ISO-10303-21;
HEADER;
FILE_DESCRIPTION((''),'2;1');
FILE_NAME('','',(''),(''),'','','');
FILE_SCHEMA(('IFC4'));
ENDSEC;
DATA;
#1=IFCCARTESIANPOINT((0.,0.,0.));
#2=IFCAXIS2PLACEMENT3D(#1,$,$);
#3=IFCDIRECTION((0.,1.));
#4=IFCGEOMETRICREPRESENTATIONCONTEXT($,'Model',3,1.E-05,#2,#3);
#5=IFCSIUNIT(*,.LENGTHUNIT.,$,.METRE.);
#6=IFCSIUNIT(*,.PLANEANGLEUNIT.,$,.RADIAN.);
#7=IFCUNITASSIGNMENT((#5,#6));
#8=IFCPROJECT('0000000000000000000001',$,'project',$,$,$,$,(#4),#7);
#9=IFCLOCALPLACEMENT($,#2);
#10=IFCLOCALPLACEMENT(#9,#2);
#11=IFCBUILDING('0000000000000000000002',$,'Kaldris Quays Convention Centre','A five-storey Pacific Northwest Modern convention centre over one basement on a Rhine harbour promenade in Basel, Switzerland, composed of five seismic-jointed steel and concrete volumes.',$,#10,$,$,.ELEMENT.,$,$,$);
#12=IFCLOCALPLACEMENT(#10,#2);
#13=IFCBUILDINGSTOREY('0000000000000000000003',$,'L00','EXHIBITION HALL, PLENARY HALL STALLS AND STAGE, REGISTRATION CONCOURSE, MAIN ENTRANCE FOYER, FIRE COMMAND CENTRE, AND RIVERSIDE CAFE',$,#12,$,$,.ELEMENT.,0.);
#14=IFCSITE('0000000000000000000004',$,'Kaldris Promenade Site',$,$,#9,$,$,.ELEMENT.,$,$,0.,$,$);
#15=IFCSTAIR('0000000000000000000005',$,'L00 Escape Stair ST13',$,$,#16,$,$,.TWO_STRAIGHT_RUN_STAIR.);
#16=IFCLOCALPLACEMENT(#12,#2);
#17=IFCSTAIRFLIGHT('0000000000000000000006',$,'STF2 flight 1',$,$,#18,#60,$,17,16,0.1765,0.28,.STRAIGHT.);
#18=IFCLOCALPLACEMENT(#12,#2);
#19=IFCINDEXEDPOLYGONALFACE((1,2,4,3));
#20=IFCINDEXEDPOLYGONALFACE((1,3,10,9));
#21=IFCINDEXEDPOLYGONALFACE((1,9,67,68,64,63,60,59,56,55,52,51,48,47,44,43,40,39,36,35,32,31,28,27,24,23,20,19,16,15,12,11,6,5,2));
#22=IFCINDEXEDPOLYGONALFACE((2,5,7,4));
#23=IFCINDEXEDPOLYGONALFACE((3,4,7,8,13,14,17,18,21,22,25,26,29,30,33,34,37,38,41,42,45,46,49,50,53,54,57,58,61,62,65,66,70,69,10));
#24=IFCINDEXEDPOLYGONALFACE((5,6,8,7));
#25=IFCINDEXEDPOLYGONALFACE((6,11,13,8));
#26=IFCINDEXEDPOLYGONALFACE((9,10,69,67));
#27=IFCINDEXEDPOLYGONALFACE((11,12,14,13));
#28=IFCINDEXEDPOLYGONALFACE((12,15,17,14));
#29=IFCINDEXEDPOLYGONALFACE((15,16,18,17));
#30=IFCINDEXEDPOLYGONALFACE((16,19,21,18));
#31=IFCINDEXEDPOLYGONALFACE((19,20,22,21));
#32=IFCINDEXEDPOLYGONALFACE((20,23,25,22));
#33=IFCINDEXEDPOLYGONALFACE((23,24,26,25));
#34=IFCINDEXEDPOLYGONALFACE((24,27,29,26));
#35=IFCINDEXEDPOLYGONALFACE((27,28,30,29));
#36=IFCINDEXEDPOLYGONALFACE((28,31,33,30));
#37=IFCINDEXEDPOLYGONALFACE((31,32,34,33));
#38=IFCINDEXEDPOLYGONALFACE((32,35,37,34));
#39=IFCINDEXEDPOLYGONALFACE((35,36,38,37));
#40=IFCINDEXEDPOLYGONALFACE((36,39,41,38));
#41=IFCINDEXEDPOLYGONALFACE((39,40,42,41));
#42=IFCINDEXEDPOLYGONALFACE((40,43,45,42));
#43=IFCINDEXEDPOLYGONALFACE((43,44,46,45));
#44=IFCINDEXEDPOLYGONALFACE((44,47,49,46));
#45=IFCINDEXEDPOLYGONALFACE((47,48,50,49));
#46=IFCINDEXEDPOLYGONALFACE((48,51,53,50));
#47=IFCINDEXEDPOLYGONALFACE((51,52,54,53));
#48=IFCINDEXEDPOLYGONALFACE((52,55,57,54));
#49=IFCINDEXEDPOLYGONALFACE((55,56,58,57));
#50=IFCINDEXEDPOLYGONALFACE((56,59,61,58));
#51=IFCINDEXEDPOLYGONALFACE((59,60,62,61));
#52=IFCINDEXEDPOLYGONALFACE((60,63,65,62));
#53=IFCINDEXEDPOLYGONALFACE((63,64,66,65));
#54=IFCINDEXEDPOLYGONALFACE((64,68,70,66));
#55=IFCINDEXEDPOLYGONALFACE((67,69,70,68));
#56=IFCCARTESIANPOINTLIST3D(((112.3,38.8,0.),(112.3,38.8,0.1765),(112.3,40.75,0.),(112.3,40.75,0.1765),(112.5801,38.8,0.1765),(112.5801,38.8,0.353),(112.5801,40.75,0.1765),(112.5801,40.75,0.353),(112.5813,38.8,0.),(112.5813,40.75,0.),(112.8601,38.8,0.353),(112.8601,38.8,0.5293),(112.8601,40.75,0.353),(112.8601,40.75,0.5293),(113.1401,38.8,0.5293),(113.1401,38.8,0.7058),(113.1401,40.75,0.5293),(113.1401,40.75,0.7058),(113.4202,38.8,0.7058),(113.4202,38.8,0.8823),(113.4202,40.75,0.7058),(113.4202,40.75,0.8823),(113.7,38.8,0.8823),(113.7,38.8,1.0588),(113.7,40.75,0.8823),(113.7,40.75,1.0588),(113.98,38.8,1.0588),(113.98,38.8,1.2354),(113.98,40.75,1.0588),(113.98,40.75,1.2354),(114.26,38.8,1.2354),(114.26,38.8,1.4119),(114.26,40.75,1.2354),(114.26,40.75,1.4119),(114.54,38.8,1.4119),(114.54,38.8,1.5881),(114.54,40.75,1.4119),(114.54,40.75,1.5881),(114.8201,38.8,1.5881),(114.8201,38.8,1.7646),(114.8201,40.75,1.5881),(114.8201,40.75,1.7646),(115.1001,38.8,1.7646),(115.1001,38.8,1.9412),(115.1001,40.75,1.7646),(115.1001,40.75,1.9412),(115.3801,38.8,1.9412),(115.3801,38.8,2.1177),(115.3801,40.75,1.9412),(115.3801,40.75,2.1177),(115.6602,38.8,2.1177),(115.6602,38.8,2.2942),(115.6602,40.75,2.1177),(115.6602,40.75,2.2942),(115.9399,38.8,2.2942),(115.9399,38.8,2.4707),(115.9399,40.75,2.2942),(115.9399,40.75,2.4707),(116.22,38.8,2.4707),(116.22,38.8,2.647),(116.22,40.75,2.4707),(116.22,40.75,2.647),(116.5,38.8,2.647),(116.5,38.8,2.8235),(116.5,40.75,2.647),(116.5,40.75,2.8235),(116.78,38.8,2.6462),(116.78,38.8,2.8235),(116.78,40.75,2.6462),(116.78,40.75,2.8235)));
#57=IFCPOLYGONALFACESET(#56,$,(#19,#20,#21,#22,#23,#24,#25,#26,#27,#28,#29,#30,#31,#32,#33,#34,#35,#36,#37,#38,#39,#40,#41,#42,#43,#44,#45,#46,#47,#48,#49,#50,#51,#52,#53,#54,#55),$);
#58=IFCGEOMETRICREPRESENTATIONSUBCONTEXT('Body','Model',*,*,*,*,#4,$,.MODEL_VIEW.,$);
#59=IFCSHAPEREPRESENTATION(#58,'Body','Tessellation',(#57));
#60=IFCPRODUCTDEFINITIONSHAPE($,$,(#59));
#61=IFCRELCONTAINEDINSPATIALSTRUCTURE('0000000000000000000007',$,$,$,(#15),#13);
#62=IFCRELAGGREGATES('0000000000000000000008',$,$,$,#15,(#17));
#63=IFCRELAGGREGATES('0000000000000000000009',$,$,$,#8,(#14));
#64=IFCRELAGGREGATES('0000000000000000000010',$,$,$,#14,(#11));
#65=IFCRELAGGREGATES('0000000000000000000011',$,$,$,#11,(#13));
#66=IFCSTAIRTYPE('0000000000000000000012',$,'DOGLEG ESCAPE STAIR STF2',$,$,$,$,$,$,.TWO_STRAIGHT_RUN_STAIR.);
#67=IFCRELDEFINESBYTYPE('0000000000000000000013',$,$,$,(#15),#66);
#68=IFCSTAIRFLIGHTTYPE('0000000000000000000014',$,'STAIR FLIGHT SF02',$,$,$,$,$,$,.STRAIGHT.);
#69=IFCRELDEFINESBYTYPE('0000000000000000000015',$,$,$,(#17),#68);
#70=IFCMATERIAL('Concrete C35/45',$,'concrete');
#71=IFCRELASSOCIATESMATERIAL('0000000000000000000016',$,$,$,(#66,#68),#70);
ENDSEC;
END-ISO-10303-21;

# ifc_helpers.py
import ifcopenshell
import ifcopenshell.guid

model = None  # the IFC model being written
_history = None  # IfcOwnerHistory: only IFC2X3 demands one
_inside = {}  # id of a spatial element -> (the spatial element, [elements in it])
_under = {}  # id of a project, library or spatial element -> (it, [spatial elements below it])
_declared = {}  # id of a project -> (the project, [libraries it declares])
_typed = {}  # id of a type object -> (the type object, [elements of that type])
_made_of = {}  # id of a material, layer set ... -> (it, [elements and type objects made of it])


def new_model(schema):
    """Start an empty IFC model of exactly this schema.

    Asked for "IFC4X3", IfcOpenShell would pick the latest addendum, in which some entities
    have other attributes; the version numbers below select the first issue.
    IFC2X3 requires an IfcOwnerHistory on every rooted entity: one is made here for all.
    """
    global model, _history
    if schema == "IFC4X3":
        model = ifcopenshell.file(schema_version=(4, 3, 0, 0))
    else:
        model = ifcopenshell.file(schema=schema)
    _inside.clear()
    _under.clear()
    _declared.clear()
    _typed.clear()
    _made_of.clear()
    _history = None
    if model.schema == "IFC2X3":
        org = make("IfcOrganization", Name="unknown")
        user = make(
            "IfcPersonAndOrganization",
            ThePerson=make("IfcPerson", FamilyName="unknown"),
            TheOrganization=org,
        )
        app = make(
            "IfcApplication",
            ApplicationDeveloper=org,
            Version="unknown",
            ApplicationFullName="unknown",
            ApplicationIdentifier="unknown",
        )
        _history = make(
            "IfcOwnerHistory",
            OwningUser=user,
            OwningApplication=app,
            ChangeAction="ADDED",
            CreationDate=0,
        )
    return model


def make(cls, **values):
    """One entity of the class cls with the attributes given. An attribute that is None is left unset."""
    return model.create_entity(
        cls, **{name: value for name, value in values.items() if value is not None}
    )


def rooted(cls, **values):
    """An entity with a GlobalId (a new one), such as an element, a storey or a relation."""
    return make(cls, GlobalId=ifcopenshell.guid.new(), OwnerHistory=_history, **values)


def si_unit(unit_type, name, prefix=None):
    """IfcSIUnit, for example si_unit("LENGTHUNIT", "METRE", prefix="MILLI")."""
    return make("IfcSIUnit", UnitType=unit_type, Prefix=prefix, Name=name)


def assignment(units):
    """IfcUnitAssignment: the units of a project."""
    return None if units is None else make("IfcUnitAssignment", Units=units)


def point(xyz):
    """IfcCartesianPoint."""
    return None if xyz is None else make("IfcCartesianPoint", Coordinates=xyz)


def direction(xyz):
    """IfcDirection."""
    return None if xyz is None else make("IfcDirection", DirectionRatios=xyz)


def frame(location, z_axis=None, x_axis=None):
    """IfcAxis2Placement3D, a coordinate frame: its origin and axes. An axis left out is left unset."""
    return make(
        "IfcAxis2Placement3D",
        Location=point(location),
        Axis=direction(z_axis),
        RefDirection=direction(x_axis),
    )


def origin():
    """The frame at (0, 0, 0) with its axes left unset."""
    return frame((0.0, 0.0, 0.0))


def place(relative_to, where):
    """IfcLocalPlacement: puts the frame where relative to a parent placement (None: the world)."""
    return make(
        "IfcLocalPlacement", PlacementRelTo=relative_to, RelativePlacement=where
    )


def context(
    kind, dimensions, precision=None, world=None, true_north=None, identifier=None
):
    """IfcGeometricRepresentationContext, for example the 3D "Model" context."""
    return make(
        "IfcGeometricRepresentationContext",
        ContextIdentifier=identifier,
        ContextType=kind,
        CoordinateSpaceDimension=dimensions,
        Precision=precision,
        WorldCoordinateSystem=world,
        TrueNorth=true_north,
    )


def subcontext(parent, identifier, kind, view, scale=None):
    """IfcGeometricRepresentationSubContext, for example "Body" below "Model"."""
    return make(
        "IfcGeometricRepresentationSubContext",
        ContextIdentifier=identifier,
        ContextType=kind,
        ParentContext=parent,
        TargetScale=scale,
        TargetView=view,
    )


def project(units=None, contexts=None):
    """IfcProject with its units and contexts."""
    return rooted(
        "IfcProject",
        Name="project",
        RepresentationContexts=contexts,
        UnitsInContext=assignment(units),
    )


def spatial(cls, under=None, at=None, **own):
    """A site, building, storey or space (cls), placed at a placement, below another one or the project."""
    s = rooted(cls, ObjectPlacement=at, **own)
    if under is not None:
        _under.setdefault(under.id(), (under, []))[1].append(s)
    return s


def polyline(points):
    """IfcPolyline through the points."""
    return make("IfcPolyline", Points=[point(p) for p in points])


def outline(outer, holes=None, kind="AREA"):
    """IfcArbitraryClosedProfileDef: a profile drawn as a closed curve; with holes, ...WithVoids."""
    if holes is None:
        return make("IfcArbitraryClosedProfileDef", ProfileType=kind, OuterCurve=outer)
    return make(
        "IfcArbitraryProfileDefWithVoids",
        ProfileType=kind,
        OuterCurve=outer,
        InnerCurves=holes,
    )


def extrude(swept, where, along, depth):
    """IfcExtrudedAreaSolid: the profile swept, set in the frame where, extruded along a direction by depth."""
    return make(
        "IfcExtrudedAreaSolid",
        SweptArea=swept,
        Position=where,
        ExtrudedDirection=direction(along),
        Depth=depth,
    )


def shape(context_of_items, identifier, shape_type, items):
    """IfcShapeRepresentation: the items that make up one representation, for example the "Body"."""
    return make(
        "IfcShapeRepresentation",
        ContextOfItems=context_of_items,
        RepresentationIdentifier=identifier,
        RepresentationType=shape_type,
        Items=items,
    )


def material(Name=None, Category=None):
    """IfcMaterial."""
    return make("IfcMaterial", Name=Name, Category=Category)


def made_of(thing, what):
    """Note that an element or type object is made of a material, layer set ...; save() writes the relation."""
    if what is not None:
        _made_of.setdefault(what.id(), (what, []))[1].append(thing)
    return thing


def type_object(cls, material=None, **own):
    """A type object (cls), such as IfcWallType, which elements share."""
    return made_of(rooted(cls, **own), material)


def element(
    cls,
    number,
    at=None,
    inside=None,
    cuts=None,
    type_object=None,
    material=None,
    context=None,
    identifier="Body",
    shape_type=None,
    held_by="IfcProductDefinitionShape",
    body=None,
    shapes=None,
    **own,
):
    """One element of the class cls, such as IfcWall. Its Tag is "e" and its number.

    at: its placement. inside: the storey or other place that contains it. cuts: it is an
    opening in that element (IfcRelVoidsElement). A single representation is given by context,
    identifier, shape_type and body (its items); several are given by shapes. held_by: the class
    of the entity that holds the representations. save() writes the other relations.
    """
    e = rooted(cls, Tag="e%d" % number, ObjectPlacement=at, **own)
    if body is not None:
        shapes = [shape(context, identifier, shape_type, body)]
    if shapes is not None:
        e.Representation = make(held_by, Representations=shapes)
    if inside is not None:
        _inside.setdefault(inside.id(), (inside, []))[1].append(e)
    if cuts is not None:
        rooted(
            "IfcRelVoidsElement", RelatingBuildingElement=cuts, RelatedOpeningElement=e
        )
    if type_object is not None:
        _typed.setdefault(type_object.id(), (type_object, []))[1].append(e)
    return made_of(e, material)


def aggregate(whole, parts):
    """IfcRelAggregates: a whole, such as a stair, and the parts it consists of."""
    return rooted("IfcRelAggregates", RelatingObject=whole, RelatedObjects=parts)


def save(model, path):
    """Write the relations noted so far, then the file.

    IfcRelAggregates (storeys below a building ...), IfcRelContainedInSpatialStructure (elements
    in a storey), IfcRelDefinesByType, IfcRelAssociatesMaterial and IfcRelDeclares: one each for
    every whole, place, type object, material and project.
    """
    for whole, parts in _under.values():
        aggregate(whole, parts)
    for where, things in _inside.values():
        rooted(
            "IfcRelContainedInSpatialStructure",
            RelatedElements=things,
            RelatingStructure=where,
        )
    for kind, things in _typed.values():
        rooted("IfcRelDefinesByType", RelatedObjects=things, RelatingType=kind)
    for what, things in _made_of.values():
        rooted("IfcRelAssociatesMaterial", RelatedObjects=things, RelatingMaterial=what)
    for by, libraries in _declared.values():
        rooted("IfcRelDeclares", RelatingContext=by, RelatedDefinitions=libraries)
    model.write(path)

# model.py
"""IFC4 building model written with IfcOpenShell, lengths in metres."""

from ifc_helpers import new_model, si_unit, direction, frame, origin, place, context, subcontext, project, spatial, polyline, outline, extrude, material, type_object, element, aggregate, save


model = new_model("IFC4")

# Units and contexts
model_context = context("Model", 3, precision=1e-05, world=origin(), true_north=direction((0.0, 1.0)))
body_context = subcontext(model_context, "Body", "Model", "MODEL_VIEW")
ifc_project = project(units=[si_unit("LENGTHUNIT", "METRE"), si_unit("PLANEANGLEUNIT", "RADIAN")], contexts=[model_context])

# Site, building, storey
site_placement = place(None, origin())
site = spatial("IfcSite", under=ifc_project, at=site_placement, Name="Kaldris Promenade Site", CompositionType="ELEMENT", RefElevation=0.0)
building_placement = place(site_placement, origin())
building = spatial("IfcBuilding", under=site, at=building_placement, Name="Kaldris Quays Convention Centre", Description="A five-storey Pacific Northwest Modern convention centre over one basement on a Rhine harbour promenade in Basel, Switzerland, composed of five seismic-jointed steel and concrete volumes.", CompositionType="ELEMENT")
storey_placement = place(building_placement, origin())
storey = spatial("IfcBuildingStorey", under=building, at=storey_placement, Name="L00", Description="EXHIBITION HALL, PLENARY HALL STALLS AND STAGE, REGISTRATION CONCOURSE, MAIN ENTRANCE FOYER, FIRE COMMAND CENTRE, AND RIVERSIDE CAFE", CompositionType="ELEMENT", Elevation=0.0)

# Stair, stair flight
ifc_material_1 = material(Name="Concrete C35/45", Category="concrete")
stair_type = type_object("IfcStairType", Name="DOGLEG ESCAPE STAIR STF2", PredefinedType="TWO_STRAIGHT_RUN_STAIR", material=ifc_material_1)
stair_placement = place(storey_placement, origin())
stair = element("IfcStair", 1, at=stair_placement, inside=storey, type_object=stair_type, Name="L00 Escape Stair ST13", PredefinedType="TWO_STRAIGHT_RUN_STAIR")
stair_flight_type = type_object("IfcStairFlightType", Name="STAIR FLIGHT SF02", PredefinedType="STRAIGHT", material=ifc_material_1)
stair_flight_placement = place(storey_placement, frame((112.3, 39.7749, 0.0), z_axis=(0.0, 0.0, 1.0), x_axis=(1.0, 0.0, 0.0)))
stair_flight = element("IfcStairFlight", 2, at=stair_flight_placement, type_object=stair_flight_type, Name="STF2 flight 1", NumberOfRisers=17, NumberOfTreads=16, PredefinedType="STRAIGHT", RiserHeight=0.1765, TreadLength=0.28, context=body_context, shape_type="SweptSolid", body=[
    extrude(outline(polyline([(0.0, 0.0), (0.0, 0.1765), (0.28, 0.1765), (0.28, 0.353), (0.5601, 0.353), (0.5601, 0.5293), (0.8401, 0.5293), (0.8401, 0.7058), (1.1201, 0.7058), (1.1201, 0.8823), (1.3999, 0.8823), (1.3999, 1.0588), (1.6799, 1.0588), (1.6799, 1.2354), (1.96, 1.2354), (1.96, 1.4119), (2.24, 1.4119), (2.24, 1.5881), (2.52, 1.5881), (2.52, 1.7646), (2.8, 1.7646), (2.8, 1.9412), (3.0801, 1.9412), (3.0801, 2.1177), (3.3601, 2.1177), (3.3601, 2.2942), (3.6399, 2.2942), (3.6399, 2.4707), (3.9199, 2.4707), (3.9199, 2.647), (4.2, 2.647), (4.2, 2.8235), (4.48, 2.8235), (4.48, 3.0), (4.48, 2.6462), (0.2812, 0.0), (0.0, 0.0)])), frame((0.0, 0.9751, 0.0), z_axis=(0.0, -1.0, 0.0), x_axis=(1.0, 0.0, 0.0)), (0.0, 0.0, 1.0), 1.95),
])
aggregate(stair, [stair_flight])

save(model, "model.ifc")
